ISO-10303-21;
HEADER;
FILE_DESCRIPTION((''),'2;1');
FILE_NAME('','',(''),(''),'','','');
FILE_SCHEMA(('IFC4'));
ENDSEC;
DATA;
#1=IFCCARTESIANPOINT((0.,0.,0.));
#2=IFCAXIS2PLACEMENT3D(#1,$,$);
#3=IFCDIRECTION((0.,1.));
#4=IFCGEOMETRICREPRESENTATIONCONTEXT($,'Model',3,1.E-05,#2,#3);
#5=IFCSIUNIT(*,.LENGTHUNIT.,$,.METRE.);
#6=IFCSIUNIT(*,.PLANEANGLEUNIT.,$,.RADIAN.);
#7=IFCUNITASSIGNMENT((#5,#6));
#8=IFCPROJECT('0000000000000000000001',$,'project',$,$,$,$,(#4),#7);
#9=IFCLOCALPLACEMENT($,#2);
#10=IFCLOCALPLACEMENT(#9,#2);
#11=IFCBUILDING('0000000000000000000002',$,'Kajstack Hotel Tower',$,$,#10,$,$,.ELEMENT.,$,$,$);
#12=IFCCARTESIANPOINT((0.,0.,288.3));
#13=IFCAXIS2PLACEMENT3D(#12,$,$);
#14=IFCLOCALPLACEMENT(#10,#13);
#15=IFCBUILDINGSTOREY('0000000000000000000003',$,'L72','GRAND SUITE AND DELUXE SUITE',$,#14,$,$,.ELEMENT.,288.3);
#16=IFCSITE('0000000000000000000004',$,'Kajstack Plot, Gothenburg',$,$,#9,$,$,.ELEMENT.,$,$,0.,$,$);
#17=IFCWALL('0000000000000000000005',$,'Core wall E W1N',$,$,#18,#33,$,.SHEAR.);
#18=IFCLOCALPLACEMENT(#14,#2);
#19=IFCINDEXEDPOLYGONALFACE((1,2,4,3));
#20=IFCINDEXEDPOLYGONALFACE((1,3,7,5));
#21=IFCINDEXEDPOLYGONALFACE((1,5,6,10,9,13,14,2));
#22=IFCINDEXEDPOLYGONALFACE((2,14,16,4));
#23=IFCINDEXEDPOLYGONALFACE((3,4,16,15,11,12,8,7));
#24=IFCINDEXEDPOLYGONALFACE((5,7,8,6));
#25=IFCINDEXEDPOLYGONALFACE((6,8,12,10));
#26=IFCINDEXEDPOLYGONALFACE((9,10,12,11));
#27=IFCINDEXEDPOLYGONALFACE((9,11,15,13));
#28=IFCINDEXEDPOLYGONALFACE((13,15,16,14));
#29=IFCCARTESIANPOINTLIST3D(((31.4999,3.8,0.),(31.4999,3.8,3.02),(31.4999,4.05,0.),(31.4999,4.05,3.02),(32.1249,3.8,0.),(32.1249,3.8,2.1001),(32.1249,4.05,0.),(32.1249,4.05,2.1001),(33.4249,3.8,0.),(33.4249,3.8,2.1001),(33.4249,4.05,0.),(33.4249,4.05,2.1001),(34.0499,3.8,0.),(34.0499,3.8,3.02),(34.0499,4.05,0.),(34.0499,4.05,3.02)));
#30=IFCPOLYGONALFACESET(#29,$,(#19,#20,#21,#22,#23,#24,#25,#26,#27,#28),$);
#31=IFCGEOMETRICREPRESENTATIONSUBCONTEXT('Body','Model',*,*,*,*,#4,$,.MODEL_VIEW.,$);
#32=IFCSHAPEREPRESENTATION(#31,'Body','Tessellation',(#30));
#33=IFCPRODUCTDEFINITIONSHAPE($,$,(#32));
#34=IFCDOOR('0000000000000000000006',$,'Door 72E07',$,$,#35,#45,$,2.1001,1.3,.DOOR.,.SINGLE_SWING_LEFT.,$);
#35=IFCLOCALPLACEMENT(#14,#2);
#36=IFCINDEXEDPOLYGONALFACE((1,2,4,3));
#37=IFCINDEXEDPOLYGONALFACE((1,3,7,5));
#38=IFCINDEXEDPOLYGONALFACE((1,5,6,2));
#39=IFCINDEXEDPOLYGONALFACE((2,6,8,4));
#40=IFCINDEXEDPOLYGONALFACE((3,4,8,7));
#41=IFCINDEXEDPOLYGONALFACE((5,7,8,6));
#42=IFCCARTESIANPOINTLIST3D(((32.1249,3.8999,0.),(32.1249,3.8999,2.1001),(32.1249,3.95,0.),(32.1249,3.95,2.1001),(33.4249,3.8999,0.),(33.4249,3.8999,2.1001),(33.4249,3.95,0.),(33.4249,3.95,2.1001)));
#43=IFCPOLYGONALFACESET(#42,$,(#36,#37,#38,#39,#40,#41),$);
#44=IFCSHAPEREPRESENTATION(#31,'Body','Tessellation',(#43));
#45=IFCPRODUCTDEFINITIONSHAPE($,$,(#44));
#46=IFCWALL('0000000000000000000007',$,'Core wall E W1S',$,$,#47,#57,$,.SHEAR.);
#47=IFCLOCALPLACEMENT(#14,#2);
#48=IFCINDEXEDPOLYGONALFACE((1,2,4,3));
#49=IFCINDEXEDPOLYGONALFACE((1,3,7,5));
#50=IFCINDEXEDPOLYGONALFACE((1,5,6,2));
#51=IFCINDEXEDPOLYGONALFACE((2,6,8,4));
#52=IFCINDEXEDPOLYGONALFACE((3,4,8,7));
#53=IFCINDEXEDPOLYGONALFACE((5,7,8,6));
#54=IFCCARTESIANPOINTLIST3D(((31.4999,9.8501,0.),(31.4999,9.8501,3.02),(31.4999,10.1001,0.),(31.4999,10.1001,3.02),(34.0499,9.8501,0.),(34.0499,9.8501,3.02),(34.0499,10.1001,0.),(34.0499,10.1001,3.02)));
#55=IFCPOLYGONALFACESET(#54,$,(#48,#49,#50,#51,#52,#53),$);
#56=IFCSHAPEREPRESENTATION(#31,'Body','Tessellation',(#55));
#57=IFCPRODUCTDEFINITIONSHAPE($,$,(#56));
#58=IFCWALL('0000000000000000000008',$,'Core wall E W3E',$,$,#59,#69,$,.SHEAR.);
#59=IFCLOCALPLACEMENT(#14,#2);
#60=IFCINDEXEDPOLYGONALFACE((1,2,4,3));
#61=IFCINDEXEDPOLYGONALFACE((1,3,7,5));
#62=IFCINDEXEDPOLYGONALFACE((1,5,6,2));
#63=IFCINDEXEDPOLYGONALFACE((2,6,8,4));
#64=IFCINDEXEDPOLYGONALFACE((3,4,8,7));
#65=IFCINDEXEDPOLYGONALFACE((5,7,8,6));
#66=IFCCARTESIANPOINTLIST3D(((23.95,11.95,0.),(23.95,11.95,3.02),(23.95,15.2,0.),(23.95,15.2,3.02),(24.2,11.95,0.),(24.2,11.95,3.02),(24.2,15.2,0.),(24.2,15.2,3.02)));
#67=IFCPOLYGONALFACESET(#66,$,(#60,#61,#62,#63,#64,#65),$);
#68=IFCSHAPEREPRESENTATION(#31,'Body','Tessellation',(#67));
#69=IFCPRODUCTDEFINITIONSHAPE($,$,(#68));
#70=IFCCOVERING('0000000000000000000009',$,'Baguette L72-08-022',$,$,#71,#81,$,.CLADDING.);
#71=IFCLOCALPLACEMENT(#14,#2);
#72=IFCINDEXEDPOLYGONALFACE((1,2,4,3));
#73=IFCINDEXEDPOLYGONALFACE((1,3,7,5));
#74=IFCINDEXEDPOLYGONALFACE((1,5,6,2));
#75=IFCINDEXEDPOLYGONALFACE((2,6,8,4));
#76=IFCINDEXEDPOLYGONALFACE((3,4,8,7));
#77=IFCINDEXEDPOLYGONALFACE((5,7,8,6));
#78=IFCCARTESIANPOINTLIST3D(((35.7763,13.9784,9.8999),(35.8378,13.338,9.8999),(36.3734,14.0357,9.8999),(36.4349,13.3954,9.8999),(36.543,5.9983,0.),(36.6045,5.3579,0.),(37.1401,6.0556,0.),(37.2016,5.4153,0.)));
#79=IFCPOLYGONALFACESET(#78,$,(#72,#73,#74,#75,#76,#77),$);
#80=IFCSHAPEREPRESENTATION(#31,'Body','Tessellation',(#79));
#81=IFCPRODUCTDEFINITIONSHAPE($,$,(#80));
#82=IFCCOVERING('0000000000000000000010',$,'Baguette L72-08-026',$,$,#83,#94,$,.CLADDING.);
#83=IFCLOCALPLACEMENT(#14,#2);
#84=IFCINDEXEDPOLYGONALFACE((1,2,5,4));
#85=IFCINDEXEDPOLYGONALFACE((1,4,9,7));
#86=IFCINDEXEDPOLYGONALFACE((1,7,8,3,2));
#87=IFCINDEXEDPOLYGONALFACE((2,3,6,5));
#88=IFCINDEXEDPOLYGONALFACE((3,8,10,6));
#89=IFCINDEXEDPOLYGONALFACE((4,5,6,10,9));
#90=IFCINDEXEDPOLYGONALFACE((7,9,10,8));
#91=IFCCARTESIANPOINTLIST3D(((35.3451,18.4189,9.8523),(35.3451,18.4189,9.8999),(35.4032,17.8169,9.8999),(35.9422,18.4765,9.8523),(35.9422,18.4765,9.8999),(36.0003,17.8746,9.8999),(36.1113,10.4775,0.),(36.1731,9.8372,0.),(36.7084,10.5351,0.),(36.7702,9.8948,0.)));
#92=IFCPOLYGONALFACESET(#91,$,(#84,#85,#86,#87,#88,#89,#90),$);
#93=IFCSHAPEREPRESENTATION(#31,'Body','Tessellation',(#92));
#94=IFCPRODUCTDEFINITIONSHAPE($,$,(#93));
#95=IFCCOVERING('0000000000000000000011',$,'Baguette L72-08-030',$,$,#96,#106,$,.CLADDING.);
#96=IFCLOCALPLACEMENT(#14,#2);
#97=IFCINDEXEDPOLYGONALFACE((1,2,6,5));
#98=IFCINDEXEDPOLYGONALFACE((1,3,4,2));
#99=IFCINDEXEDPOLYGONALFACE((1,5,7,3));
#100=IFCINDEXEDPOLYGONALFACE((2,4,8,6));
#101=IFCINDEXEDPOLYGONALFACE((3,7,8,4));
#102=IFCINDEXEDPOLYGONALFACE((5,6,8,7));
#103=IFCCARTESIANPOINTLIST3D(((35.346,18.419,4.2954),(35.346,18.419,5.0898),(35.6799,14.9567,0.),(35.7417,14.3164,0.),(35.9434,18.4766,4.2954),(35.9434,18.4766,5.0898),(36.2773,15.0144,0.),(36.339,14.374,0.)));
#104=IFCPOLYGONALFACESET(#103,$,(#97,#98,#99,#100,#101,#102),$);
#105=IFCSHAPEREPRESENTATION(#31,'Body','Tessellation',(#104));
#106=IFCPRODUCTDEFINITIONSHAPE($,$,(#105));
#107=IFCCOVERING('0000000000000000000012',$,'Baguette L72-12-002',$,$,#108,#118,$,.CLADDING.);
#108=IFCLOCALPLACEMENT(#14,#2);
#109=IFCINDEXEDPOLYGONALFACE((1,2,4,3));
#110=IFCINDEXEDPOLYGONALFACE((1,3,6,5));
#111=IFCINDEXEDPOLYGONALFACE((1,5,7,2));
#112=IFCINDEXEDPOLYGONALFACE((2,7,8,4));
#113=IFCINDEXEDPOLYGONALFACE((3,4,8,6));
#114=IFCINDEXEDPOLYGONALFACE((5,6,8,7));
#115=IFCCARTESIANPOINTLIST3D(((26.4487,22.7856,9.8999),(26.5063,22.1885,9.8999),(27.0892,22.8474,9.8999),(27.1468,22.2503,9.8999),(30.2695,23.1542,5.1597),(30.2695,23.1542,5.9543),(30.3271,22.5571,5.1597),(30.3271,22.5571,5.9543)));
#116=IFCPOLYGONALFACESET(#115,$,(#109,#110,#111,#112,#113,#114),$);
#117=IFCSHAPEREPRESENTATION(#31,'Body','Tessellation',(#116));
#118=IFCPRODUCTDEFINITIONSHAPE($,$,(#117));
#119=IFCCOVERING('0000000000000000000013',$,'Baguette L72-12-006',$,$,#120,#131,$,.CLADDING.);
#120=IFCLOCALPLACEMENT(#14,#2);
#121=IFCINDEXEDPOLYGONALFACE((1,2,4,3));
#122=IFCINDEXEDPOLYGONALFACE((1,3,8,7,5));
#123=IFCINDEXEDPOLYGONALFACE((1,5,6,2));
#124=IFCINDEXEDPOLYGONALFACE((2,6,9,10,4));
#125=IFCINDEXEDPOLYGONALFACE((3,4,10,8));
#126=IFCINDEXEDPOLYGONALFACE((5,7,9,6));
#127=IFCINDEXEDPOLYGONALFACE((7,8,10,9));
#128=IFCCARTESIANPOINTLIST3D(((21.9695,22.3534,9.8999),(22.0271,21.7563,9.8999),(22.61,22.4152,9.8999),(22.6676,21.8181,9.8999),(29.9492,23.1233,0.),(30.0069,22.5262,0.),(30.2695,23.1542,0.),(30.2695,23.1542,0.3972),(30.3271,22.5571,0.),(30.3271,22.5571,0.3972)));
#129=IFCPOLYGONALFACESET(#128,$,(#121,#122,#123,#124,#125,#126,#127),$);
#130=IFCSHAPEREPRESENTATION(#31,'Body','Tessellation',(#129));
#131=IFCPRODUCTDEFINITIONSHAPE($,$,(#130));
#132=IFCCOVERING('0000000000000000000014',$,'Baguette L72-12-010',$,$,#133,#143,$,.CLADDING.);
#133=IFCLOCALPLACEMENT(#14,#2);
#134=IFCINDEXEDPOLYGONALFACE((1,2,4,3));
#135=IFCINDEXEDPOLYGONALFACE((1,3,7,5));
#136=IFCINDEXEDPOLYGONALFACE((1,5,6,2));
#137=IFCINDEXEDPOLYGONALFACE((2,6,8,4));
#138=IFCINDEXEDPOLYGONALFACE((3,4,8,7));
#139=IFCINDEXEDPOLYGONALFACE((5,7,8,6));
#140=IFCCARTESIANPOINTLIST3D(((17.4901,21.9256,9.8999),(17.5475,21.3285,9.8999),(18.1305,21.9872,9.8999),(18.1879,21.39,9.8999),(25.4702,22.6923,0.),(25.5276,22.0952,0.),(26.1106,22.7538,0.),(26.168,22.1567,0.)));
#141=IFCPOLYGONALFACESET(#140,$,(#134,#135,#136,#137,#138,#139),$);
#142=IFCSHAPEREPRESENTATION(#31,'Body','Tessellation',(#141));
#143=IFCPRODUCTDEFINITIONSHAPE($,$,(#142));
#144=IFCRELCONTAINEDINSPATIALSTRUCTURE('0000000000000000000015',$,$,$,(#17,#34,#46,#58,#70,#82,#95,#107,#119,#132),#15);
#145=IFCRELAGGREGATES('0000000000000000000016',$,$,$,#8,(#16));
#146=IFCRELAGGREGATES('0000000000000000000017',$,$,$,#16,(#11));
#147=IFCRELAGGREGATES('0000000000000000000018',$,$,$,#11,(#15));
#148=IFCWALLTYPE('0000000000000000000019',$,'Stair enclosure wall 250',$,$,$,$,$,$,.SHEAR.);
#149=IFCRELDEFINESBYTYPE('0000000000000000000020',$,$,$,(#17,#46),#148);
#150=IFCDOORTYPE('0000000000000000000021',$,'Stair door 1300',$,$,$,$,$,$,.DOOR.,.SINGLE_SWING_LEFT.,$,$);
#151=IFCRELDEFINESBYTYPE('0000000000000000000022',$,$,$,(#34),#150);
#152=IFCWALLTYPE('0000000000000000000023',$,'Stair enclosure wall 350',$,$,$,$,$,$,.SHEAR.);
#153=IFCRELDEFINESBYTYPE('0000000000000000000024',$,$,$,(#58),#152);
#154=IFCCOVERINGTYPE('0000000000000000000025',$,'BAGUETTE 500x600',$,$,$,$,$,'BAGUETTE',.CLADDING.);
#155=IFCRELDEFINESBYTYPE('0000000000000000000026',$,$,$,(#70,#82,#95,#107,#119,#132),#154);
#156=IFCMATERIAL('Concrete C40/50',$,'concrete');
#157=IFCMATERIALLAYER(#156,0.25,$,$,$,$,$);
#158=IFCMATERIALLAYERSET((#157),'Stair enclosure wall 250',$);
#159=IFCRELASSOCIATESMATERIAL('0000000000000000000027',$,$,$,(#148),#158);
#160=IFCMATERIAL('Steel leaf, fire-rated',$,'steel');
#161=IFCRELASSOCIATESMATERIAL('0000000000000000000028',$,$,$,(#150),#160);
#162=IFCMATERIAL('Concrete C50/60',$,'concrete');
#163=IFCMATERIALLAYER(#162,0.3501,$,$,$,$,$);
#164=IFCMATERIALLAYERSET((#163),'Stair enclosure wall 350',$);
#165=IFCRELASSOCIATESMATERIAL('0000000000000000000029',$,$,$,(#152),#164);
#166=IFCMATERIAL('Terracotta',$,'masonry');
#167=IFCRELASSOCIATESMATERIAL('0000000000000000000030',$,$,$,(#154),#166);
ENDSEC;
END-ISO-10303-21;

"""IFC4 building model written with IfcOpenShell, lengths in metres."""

from ifc_helpers import new_model, si_unit, direction, frame, frame_2d, origin, origin_2d, place, context, subcontext, project, spatial, polyline, rectangle, outline, extrude, material, layer, layer_set, material_profile, profile_set, type_object, element, fill, save


model = new_model("IFC4")

# Units and contexts
model_context = context("Model", 3, precision=1e-05, world=origin(), true_north=direction((0.0, 1.0)))
body_context = subcontext(model_context, "Body", "Model", "MODEL_VIEW")
ifc_project = project(units=[si_unit("LENGTHUNIT", "METRE"), si_unit("PLANEANGLEUNIT", "RADIAN")], contexts=[model_context])

# Site, building, storey
site_placement = place(None, origin())
site = spatial("IfcSite", under=ifc_project, at=site_placement, Name="Kajstack Plot, Gothenburg", CompositionType="ELEMENT", RefElevation=0.0)
building_placement = place(site_placement, origin())
building = spatial("IfcBuilding", under=site, at=building_placement, Name="Kajstack Hotel Tower", CompositionType="ELEMENT")
storey_placement = place(building_placement, frame((0.0, 0.0, 288.3)))
storey = spatial("IfcBuildingStorey", under=building, at=storey_placement, Name="L72", Description="GRAND SUITE AND DELUXE SUITE", CompositionType="ELEMENT", Elevation=288.3)

# Shared definitions
ifc_material_1 = material(Name="Concrete C40/50", Category="concrete")
ifc_material_2 = material(Name="Concrete C50/60", Category="concrete")

# Wall, opening, door
ifc_layer_1 = layer(ifc_material_1, 0.25)
ifc_layer_set_1 = layer_set([ifc_layer_1], Name="Stair enclosure wall 250")
wall_type_1 = type_object("IfcWallType", Name="Stair enclosure wall 250", PredefinedType="SHEAR", material=ifc_layer_set_1)
wall_1_placement = place(storey_placement, frame((31.5, 3.925, 0.0), z_axis=(0.0, 0.0, 1.0), x_axis=(1.0, 0.0, 0.0)))
wall_1 = element("IfcWall", 1, at=wall_1_placement, inside=storey, type_object=wall_type_1, Name="Core wall E W1N", PredefinedType="SHEAR", context=body_context, shape_type="SweptSolid", body=[
    extrude(rectangle(XDim=2.55, YDim=0.25, at=frame_2d((1.2749, 0.0))), origin(), (0.0, 0.0, 1.0), 3.02),
])
opening_1_placement = place(wall_1_placement, frame((0.625, 0.0, 0.0)))
opening_1 = element("IfcOpeningElement", 2, at=opening_1_placement, cuts=wall_1, PredefinedType="OPENING", context=body_context, shape_type="SweptSolid", body=[
    extrude(rectangle(XDim=1.3, YDim=2.1001, at=frame_2d((0.6499, 1.05))), frame((0.0, 0.135, 0.0), z_axis=(0.0, -1.0, 0.0), x_axis=(1.0, 0.0, 0.0)), (0.0, 0.0, 1.0), 0.27),
])
ifc_material_3 = material(Name="Steel leaf, fire-rated", Category="steel")
door_type_1 = type_object("IfcDoorType", Name="Stair door 1300", OperationType="SINGLE_SWING_LEFT", PredefinedType="DOOR", material=ifc_material_3)
door_1_placement = place(opening_1_placement, origin())
door_1 = element("IfcDoor", 3, at=door_1_placement, inside=storey, type_object=door_type_1, Name="Door 72E07", OperationType="SINGLE_SWING_LEFT", OverallHeight=2.1001, OverallWidth=1.3, PredefinedType="DOOR", context=body_context, shape_type="SweptSolid", body=[
    extrude(rectangle(XDim=1.3, YDim=2.1001, at=frame_2d((0.6499, 1.05))), frame((0.0, 0.0249, 0.0), z_axis=(0.0, -1.0, 0.0), x_axis=(1.0, 0.0, 0.0)), (0.0, 0.0, 1.0), 0.05),
])
fill(opening_1, door_1)

# Walls
wall_2_placement = place(storey_placement, frame((31.5, 9.9751, 0.0), z_axis=(0.0, 0.0, 1.0), x_axis=(1.0, 0.0, 0.0)))
element("IfcWall", 4, at=wall_2_placement, inside=storey, type_object=wall_type_1, Name="Core wall E W1S", PredefinedType="SHEAR", context=body_context, shape_type="SweptSolid", body=[
    extrude(rectangle(XDim=2.55, YDim=0.25, at=frame_2d((1.2749, 0.0))), origin(), (0.0, 0.0, 1.0), 3.02),
])
ifc_layer_2 = layer(ifc_material_2, 0.3501)
ifc_layer_set_2 = layer_set([ifc_layer_2], Name="Stair enclosure wall 350")
wall_type_2 = type_object("IfcWallType", Name="Stair enclosure wall 350", PredefinedType="SHEAR", material=ifc_layer_set_2)
wall_3_placement = place(storey_placement, frame((24.075, 11.95, 0.0), z_axis=(0.0, 0.0, 1.0), x_axis=(0.0, 1.0, 0.0)))
element("IfcWall", 5, at=wall_3_placement, inside=storey, type_object=wall_type_2, Name="Core wall E W3E", PredefinedType="SHEAR", context=body_context, shape_type="SweptSolid", body=[
    extrude(rectangle(XDim=3.25, YDim=0.25, at=frame_2d((1.625, 0.0))), origin(), (0.0, 0.0, 1.0), 3.02),
])

# Coverings
ifc_material_4 = material(Name="Terracotta", Category="masonry")
ifc_material_profile = material_profile(ifc_material_4, rectangle(XDim=0.6001, YDim=0.5, at=origin_2d()), Name="Terracotta-clad concrete baguette 500 x 600")
ifc_profile_set = profile_set([ifc_material_profile], Name="Terracotta")
covering_type = type_object("IfcCoveringType", Name="BAGUETTE 500x600", ElementType="BAGUETTE", PredefinedType="CLADDING", material=ifc_profile_set)
covering_1_placement = place(storey_placement, frame((36.6045, 5.3579, 0.0), z_axis=(0.995416, 0.095635, 0.0), x_axis=(-0.095635, 0.995416, 0.0)))
element("IfcCovering", 6, at=covering_1_placement, inside=storey, type_object=covering_type, Name="Baguette L72-08-022", PredefinedType="CLADDING", context=body_context, shape_type="SweptSolid", body=[
    extrude(outline(polyline([(8.0168, 9.8999), (0.0, 0.0), (0.6433, 0.0), (8.6602, 9.8999), (8.0168, 9.8999)])), origin(), (0.0, 0.0, 1.0), 0.5999),
])
covering_2_placement = place(storey_placement, frame((36.1731, 9.8372, 0.0), z_axis=(0.995378, 0.096038, 0.0), x_axis=(-0.096038, 0.995378, 0.0)))
element("IfcCovering", 7, at=covering_2_placement, inside=storey, type_object=covering_type, Name="Baguette L72-08-026", PredefinedType="CLADDING", context=body_context, shape_type="SweptSolid", body=[
    extrude(outline(polyline([(0.6433, 0.0), (8.6216, 9.8523), (8.6216, 9.8999), (8.0168, 9.8999), (0.0, 0.0), (0.6433, 0.0)])), origin(), (0.0, 0.0, 1.0), 0.5999),
])
covering_3_placement = place(storey_placement, frame((35.7417, 14.3164, 0.0), z_axis=(0.995381, 0.095999, 0.0), x_axis=(-0.095999, 0.995381, 0.0)))
element("IfcCovering", 8, at=covering_3_placement, inside=storey, type_object=covering_type, Name="Baguette L72-08-030", PredefinedType="CLADDING", context=body_context, shape_type="SweptSolid", body=[
    extrude(outline(polyline([(0.6433, 0.0), (4.1216, 4.2954), (4.1216, 5.0898), (0.0, 0.0), (0.6433, 0.0)])), origin(), (0.0, 0.0, 1.0), 0.6001),
])
covering_4_placement = place(storey_placement, frame((30.3271, 22.5571, 0.0), z_axis=(-0.096038, 0.995378, 0.0), x_axis=(-0.995378, -0.096038, 0.0)))
element("IfcCovering", 9, at=covering_4_placement, inside=storey, type_object=covering_type, Name="Baguette L72-12-002", PredefinedType="CLADDING", context=body_context, shape_type="SweptSolid", body=[
    extrude(outline(polyline([(3.1951, 9.8999), (0.0, 5.9543), (0.0, 5.1597), (3.8386, 9.8999), (3.1951, 9.8999)])), origin(), (0.0, 0.0, 1.0), 0.5999),
])
covering_5_placement = place(storey_placement, frame((30.3271, 22.5571, 0.0), z_axis=(-0.096038, 0.995378, 0.0), x_axis=(-0.995378, -0.096038, 0.0)))
element("IfcCovering", 10, at=covering_5_placement, inside=storey, type_object=covering_type, Name="Baguette L72-12-006", PredefinedType="CLADDING", context=body_context, shape_type="SweptSolid", body=[
    extrude(outline(polyline([(7.6951, 9.8999), (0.0, 0.3972), (0.0, 0.0), (0.3218, 0.0), (8.3386, 9.8999), (7.6951, 9.8999)])), origin(), (0.0, 0.0, 1.0), 0.5999),
])
covering_6_placement = place(storey_placement, frame((26.168, 22.1567, 0.0), z_axis=(-0.095635, 0.995416, 0.0), x_axis=(-0.995416, -0.095635, 0.0)))
element("IfcCovering", 11, at=covering_6_placement, inside=storey, type_object=covering_type, Name="Baguette L72-12-010", PredefinedType="CLADDING", context=body_context, shape_type="SweptSolid", body=[
    extrude(outline(polyline([(8.0168, 9.8999), (0.0, 0.0), (0.6433, 0.0), (8.6602, 9.8999), (8.0168, 9.8999)])), origin(), (0.0, 0.0, 1.0), 0.5999),
])

save(model, "model.ifc")
